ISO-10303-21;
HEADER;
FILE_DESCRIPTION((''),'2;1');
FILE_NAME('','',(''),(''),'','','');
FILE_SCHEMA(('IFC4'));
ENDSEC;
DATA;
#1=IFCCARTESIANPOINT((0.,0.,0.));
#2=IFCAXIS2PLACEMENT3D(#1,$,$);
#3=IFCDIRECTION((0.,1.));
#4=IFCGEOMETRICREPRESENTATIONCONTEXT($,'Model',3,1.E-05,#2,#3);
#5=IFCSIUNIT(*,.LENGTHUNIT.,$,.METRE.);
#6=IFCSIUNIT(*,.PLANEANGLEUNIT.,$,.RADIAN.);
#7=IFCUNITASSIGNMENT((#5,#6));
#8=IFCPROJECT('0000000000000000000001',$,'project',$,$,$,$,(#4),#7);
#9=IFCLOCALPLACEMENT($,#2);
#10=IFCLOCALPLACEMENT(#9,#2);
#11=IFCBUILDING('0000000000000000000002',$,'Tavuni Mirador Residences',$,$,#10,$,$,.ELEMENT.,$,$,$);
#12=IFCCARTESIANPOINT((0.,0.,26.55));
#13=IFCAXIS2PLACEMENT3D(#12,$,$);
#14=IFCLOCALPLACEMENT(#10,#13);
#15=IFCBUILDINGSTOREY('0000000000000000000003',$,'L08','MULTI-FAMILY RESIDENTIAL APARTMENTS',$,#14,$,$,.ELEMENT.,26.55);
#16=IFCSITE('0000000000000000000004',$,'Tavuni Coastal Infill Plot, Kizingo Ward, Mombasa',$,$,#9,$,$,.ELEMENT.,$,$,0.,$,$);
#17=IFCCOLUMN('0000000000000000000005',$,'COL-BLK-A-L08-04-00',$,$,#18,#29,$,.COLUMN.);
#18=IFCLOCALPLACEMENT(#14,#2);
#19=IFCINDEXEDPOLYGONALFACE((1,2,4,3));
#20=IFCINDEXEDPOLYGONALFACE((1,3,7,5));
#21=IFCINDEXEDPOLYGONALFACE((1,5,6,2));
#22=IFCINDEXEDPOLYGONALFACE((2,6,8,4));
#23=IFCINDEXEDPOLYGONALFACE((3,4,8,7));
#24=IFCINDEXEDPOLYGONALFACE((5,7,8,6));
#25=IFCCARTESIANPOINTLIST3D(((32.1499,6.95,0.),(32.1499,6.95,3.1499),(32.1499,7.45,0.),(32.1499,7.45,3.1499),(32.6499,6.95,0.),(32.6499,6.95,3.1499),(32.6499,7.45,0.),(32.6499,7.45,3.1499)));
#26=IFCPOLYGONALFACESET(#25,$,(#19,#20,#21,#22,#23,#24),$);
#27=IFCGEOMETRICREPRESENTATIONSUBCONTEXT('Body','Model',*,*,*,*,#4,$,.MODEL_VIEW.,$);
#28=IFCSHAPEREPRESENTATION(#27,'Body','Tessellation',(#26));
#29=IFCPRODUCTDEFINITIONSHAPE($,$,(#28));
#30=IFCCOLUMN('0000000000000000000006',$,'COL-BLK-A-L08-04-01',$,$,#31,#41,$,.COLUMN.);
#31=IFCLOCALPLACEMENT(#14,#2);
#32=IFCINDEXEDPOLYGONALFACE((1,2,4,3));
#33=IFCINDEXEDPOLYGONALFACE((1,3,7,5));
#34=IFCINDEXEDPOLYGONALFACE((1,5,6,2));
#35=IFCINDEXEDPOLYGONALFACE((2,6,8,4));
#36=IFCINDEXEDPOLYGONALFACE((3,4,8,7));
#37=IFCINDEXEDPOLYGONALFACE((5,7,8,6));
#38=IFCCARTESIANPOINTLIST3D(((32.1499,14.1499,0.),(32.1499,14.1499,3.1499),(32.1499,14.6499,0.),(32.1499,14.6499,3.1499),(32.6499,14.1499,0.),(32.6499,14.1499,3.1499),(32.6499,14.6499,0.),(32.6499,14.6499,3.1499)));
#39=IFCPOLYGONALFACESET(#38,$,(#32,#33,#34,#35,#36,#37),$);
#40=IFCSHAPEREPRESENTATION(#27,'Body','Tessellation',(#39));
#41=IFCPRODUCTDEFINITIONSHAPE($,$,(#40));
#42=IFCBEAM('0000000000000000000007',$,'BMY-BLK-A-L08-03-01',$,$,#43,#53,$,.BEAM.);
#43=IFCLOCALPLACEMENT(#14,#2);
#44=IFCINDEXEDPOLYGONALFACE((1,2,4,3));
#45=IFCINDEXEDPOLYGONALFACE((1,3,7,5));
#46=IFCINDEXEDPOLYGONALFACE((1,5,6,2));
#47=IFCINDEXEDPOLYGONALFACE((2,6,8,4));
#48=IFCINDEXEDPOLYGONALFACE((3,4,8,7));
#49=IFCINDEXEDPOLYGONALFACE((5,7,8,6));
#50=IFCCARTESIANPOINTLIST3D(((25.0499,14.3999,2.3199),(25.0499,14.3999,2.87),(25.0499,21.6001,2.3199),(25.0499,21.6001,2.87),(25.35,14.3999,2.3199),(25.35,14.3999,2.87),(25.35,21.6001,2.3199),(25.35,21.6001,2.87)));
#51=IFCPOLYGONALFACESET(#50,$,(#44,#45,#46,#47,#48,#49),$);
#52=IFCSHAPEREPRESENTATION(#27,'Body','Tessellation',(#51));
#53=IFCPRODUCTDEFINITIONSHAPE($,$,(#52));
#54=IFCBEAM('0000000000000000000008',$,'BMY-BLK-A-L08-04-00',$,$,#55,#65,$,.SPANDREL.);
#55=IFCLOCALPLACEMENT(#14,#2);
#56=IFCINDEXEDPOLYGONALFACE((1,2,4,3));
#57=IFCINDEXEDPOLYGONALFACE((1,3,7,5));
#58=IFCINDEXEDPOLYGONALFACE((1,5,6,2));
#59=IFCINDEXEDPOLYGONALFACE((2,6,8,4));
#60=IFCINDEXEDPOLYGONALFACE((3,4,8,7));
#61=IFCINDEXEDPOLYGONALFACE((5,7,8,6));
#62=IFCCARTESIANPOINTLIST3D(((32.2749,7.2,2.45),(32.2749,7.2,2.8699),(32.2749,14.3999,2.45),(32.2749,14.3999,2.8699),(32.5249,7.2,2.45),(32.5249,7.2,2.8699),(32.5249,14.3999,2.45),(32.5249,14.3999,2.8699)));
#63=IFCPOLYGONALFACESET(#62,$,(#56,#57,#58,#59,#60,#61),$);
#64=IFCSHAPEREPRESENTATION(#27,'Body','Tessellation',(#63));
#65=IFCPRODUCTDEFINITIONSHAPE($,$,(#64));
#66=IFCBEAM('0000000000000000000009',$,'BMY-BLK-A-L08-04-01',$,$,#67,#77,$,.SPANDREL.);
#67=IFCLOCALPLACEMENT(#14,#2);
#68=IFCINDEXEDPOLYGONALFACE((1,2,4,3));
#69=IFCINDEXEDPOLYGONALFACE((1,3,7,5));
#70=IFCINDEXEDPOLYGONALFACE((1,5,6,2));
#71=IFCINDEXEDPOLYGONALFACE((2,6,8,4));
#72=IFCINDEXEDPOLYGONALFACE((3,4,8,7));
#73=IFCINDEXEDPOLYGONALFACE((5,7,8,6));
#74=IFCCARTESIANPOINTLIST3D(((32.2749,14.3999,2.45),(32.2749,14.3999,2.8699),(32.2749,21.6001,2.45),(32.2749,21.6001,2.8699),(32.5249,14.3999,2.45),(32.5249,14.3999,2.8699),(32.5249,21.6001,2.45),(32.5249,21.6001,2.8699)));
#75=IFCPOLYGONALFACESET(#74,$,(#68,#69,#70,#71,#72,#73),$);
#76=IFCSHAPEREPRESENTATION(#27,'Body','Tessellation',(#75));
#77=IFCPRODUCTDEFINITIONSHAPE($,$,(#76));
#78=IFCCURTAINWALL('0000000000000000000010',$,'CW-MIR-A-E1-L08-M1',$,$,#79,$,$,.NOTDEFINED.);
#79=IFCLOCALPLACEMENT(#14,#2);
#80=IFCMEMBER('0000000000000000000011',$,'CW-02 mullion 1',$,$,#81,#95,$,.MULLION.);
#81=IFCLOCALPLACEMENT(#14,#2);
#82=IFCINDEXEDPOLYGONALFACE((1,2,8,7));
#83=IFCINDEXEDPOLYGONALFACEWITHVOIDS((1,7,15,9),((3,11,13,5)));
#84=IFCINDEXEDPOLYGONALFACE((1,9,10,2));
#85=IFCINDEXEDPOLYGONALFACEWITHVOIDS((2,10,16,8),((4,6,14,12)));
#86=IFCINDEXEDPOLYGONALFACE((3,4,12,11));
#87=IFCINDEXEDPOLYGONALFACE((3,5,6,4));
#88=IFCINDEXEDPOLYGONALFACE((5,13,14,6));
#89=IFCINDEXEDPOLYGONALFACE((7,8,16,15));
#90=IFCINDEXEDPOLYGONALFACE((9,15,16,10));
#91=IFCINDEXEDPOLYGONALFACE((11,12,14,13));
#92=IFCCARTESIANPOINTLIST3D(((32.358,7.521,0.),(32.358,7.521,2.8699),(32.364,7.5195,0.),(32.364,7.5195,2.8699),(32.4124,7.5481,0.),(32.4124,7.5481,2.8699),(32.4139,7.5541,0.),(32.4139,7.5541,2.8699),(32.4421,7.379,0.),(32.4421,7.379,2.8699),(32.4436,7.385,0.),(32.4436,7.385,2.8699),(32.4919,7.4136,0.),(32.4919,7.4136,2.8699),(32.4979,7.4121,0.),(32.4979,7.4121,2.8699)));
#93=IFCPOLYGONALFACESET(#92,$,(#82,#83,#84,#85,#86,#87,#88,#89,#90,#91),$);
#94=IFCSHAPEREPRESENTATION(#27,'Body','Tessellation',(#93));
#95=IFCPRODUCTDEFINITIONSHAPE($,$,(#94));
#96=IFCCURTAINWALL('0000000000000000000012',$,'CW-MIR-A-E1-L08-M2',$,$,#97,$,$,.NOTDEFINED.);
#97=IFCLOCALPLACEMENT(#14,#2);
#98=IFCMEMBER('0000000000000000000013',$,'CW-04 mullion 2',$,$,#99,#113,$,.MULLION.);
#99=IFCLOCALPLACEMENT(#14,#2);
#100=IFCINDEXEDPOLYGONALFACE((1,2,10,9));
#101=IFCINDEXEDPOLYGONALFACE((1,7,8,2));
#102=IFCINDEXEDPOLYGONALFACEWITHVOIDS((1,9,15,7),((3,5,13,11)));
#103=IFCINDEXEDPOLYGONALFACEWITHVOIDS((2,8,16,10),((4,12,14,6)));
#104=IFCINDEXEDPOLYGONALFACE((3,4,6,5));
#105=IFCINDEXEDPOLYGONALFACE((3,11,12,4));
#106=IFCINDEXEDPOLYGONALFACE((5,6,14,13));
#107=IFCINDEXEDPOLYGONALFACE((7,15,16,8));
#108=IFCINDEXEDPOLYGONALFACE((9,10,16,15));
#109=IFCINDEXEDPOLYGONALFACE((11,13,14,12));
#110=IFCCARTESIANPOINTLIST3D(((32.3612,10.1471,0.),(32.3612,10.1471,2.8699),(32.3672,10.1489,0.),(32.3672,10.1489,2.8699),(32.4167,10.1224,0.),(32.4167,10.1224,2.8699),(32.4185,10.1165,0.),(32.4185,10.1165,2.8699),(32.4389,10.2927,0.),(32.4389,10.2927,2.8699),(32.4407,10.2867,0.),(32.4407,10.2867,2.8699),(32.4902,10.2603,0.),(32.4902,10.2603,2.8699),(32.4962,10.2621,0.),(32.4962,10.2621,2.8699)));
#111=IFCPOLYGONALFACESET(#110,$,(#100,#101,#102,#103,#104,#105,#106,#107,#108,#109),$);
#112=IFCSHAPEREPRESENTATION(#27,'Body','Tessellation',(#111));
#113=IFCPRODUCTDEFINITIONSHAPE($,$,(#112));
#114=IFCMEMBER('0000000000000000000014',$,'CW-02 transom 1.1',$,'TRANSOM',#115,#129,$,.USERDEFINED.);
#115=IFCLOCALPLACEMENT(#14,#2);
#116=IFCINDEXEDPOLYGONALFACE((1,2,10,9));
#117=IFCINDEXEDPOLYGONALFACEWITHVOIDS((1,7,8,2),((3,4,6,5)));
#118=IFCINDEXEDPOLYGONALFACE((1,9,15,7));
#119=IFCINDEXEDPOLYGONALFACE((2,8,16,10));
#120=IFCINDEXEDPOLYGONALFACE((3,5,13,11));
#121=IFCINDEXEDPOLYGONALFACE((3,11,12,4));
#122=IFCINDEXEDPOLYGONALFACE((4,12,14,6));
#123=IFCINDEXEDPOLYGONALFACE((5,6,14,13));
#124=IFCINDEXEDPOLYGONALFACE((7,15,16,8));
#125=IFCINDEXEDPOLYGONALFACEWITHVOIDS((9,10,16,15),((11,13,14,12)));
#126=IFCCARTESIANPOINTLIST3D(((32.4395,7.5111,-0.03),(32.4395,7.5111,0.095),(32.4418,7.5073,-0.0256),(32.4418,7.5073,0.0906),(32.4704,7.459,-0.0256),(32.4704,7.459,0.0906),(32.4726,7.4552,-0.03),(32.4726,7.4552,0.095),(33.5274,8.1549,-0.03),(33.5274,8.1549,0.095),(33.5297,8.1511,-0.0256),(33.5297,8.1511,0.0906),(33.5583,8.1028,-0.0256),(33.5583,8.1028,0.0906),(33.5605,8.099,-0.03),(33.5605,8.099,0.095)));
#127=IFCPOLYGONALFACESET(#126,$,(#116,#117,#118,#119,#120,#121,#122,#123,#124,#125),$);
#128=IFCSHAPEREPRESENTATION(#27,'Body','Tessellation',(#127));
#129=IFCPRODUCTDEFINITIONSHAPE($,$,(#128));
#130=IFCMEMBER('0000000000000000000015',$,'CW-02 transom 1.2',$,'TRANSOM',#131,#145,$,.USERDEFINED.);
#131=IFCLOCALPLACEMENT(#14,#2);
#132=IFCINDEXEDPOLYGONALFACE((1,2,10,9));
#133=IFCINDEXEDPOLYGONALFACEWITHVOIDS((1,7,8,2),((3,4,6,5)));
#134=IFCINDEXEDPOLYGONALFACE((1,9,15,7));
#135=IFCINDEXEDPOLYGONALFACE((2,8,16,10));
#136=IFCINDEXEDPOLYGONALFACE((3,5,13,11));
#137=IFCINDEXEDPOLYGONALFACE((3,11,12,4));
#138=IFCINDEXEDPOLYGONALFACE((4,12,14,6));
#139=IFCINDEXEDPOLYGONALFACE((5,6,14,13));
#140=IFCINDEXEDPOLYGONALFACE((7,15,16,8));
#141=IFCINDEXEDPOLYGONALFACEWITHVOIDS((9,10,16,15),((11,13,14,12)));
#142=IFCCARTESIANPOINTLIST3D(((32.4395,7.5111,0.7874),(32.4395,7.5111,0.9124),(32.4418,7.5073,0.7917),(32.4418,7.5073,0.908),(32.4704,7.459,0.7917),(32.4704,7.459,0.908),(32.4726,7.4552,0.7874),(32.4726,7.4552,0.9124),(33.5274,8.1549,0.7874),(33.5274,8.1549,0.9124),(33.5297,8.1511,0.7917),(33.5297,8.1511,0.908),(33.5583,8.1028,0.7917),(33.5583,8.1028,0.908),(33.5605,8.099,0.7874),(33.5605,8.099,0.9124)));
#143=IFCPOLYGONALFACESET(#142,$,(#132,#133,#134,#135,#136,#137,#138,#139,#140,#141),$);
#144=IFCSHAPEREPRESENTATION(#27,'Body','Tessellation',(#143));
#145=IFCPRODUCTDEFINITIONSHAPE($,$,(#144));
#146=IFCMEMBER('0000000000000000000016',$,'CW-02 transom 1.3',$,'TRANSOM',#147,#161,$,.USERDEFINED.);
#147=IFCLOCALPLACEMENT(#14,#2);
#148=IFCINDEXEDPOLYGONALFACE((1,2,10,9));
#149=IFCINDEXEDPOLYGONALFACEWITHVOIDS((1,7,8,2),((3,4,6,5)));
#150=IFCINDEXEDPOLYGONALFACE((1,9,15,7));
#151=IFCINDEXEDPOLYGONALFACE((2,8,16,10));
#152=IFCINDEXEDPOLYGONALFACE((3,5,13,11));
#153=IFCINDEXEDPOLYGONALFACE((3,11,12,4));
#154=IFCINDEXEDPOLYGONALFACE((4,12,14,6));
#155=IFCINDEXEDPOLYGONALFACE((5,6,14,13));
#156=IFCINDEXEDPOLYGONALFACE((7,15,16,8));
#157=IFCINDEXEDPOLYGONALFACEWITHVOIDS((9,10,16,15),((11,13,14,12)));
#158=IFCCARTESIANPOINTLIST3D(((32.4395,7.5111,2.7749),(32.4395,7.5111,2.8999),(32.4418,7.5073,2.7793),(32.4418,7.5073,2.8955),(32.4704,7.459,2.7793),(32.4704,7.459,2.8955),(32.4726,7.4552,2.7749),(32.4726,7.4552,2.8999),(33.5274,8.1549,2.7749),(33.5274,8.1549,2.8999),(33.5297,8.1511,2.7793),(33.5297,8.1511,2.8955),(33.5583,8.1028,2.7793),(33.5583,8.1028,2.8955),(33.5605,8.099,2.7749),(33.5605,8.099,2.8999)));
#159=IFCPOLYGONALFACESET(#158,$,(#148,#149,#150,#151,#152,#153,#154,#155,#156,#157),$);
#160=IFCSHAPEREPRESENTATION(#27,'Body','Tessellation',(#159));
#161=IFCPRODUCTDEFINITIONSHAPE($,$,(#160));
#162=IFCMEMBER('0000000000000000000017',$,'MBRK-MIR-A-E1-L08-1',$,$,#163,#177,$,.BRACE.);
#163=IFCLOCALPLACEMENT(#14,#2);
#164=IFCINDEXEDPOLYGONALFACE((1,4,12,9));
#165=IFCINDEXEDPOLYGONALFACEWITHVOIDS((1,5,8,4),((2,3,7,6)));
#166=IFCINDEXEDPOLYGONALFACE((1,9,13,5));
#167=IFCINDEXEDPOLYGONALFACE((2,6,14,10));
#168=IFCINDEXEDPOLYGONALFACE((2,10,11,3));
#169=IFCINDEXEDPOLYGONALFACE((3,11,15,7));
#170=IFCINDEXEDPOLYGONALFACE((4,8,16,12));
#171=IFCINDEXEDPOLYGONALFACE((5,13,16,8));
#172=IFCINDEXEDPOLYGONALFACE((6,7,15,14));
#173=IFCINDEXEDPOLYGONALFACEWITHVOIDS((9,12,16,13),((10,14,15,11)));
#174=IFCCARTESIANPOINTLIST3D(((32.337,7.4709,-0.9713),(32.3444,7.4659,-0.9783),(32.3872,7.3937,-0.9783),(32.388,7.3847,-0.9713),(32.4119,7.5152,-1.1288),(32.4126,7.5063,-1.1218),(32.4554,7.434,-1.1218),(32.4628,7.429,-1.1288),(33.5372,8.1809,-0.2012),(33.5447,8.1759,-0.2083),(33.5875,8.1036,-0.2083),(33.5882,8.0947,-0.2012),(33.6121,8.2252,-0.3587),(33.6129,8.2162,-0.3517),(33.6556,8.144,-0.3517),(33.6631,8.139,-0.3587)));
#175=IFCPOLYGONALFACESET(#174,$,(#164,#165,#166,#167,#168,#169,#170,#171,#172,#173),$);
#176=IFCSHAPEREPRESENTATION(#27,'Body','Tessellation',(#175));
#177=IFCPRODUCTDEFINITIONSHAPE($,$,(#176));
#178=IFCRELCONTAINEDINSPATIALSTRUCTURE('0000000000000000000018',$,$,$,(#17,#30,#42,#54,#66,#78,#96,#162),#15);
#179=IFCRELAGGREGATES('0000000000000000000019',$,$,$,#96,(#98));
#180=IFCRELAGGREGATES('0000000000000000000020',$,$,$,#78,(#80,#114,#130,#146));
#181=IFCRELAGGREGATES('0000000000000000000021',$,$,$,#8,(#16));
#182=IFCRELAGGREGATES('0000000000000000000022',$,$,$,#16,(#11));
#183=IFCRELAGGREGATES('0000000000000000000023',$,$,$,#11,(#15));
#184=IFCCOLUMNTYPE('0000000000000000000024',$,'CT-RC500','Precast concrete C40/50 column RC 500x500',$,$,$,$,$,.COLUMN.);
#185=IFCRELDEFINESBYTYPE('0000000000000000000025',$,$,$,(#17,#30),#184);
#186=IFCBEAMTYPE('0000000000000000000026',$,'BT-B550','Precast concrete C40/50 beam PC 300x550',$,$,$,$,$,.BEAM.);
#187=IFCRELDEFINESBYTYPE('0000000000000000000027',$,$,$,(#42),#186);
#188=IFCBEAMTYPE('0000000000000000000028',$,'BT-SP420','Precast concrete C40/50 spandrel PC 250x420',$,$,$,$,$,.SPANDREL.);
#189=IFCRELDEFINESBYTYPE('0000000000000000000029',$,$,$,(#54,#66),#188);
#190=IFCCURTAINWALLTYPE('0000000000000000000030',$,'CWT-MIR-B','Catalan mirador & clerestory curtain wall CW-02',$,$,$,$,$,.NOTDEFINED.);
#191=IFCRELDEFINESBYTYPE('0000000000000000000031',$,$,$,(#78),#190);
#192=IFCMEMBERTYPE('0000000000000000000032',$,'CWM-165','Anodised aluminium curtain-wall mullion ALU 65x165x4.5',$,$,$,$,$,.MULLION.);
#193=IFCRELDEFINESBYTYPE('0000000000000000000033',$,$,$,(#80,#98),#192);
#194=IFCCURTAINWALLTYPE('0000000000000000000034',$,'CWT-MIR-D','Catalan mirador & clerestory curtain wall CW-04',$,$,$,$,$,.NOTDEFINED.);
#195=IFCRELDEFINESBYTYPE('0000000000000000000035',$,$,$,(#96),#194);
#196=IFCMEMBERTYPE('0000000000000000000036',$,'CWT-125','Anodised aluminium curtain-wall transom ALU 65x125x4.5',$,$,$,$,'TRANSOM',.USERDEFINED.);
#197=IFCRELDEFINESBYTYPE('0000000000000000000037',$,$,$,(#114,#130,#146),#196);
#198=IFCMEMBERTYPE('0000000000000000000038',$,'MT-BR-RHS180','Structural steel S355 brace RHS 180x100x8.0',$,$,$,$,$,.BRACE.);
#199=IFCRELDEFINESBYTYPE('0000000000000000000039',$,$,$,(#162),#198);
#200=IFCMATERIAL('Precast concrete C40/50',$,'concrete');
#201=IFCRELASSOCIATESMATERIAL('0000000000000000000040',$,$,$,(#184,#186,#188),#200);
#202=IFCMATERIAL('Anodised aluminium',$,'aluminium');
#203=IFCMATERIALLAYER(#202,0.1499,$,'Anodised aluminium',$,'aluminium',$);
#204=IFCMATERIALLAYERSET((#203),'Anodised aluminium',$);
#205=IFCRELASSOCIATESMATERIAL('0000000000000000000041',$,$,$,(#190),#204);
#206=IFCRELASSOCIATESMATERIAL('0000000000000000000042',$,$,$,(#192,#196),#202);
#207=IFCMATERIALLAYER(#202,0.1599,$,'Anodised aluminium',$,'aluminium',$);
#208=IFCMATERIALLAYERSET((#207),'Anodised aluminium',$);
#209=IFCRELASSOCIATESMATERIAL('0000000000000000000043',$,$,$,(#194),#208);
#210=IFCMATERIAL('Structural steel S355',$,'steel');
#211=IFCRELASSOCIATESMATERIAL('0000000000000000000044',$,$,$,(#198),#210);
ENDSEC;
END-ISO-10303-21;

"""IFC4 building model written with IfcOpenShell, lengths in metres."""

from ifc_helpers import new_model, si_unit, direction, frame, origin, origin_2d, place, context, subcontext, project, spatial, rectangle, hollow_rectangle, extrude, material, layer, layer_set, material_profile, profile_set, type_object, element, aggregate, save


model = new_model("IFC4")

# Units and contexts
model_context = context("Model", 3, precision=1e-05, world=origin(), true_north=direction((0.0, 1.0)))
body_context = subcontext(model_context, "Body", "Model", "MODEL_VIEW")
ifc_project = project(units=[si_unit("LENGTHUNIT", "METRE"), si_unit("PLANEANGLEUNIT", "RADIAN")], contexts=[model_context])

# Site, building, storey
site_placement = place(None, origin())
site = spatial("IfcSite", under=ifc_project, at=site_placement, Name="Tavuni Coastal Infill Plot, Kizingo Ward, Mombasa", CompositionType="ELEMENT", RefElevation=0.0)
building_placement = place(site_placement, origin())
building = spatial("IfcBuilding", under=site, at=building_placement, Name="Tavuni Mirador Residences", CompositionType="ELEMENT")
storey_placement = place(building_placement, frame((0.0, 0.0, 26.55)))
storey = spatial("IfcBuildingStorey", under=building, at=storey_placement, Name="L08", Description="MULTI-FAMILY RESIDENTIAL APARTMENTS", CompositionType="ELEMENT", Elevation=26.55)

# Columns
ifc_material_1 = material(Name="Precast concrete C40/50", Category="concrete")
ifc_material_profile_1 = material_profile(ifc_material_1, rectangle(XDim=0.5, YDim=0.5, at=origin_2d()), Name="RC 500x500", Category="concrete")
ifc_profile_set_1 = profile_set([ifc_material_profile_1], Name="Precast concrete C40/50")
column_type = type_object("IfcColumnType", Name="CT-RC500", Description="Precast concrete C40/50 column RC 500x500", PredefinedType="COLUMN", material=ifc_profile_set_1)
for number, where, z_axis, x_axis, name in (
    (1, (32.3999, 7.2, 0.0), (0.0, 0.0, 1.0), (1.0, 0.0, 0.0), "COL-BLK-A-L08-04-00"),
    (2, (32.3999, 14.3999, 0.0), (0.0, 0.0, 1.0), (1.0, 0.0, 0.0), "COL-BLK-A-L08-04-01"),
):
    element("IfcColumn", number, at=place(storey_placement, frame(where, z_axis=z_axis, x_axis=x_axis)), inside=storey, type_object=column_type, Name=name, PredefinedType="COLUMN", context=body_context, shape_type="SweptSolid", body=[
        extrude(rectangle(XDim=0.5, YDim=0.5, at=origin_2d()), origin(), (0.0, 0.0, 1.0), 3.1499),
    ])

# Beams
ifc_material_profile_2 = material_profile(ifc_material_1, rectangle(XDim=0.3, YDim=0.55, at=origin_2d()), Name="PC 300x550", Category="concrete")
ifc_profile_set_2 = profile_set([ifc_material_profile_2], Name="Precast concrete C40/50")
beam_type_1 = type_object("IfcBeamType", Name="BT-B550", Description="Precast concrete C40/50 beam PC 300x550", PredefinedType="BEAM", material=ifc_profile_set_2)
beam_1_placement = place(storey_placement, frame((25.2, 14.3999, 2.595), z_axis=(0.0, 1.0, 0.0), x_axis=(-1.0, 0.0, 0.0)))
element("IfcBeam", 3, at=beam_1_placement, inside=storey, type_object=beam_type_1, Name="BMY-BLK-A-L08-03-01", PredefinedType="BEAM", context=body_context, shape_type="SweptSolid", body=[
    extrude(rectangle(XDim=0.3, YDim=0.55, at=origin_2d()), origin(), (0.0, 0.0, 1.0), 7.2002),
])
ifc_material_profile_3 = material_profile(ifc_material_1, rectangle(XDim=0.25, YDim=0.4199, at=origin_2d()), Name="PC 250x420", Category="concrete")
ifc_profile_set_3 = profile_set([ifc_material_profile_3], Name="Precast concrete C40/50")
beam_type_2 = type_object("IfcBeamType", Name="BT-SP420", Description="Precast concrete C40/50 spandrel PC 250x420", PredefinedType="SPANDREL", material=ifc_profile_set_3)
beam_2_placement = place(storey_placement, frame((32.3999, 7.2, 2.6599), z_axis=(0.0, 1.0, 0.0), x_axis=(-1.0, 0.0, 0.0)))
element("IfcBeam", 4, at=beam_2_placement, inside=storey, type_object=beam_type_2, Name="BMY-BLK-A-L08-04-00", PredefinedType="SPANDREL", context=body_context, shape_type="SweptSolid", body=[
    extrude(rectangle(XDim=0.25, YDim=0.4199, at=origin_2d()), origin(), (0.0, 0.0, 1.0), 7.2),
])
beam_3_placement = place(storey_placement, frame((32.3999, 14.3999, 2.6599), z_axis=(0.0, 1.0, 0.0), x_axis=(-1.0, 0.0, 0.0)))
element("IfcBeam", 5, at=beam_3_placement, inside=storey, type_object=beam_type_2, Name="BMY-BLK-A-L08-04-01", PredefinedType="SPANDREL", context=body_context, shape_type="SweptSolid", body=[
    extrude(rectangle(XDim=0.25, YDim=0.4199, at=origin_2d()), origin(), (0.0, 0.0, 1.0), 7.2002),
])

# Curtain walls, members
ifc_material_2 = material(Name="Anodised aluminium", Category="aluminium")
ifc_layer_1 = layer(ifc_material_2, 0.1499, Name="Anodised aluminium", Category="aluminium")
ifc_layer_set_1 = layer_set([ifc_layer_1], Name="Anodised aluminium")
curtain_wall_type_1 = type_object("IfcCurtainWallType", Name="CWT-MIR-B", Description="Catalan mirador & clerestory curtain wall CW-02", PredefinedType="NOTDEFINED", material=ifc_layer_set_1)
curtain_wall_1_placement = place(storey_placement, origin())
curtain_wall_1 = element("IfcCurtainWall", 6, at=curtain_wall_1_placement, inside=storey, type_object=curtain_wall_type_1, Name="CW-MIR-A-E1-L08-M1", PredefinedType="NOTDEFINED")
ifc_material_profile_4 = material_profile(ifc_material_2, hollow_rectangle(XDim=0.0649, YDim=0.165, WallThickness=0.0044, at=origin_2d()), Name="ALU 65x165x4.5", Category="aluminium")
ifc_profile_set_4 = profile_set([ifc_material_profile_4], Name="Anodised aluminium")
member_type_1 = type_object("IfcMemberType", Name="CWM-165", Description="Anodised aluminium curtain-wall mullion ALU 65x165x4.5", PredefinedType="MULLION", material=ifc_profile_set_4)
member_1_placement = place(storey_placement, frame((32.428, 7.4666, 0.0), z_axis=(0.0, 0.0, 1.0), x_axis=(0.860641, 0.509212, 0.0)))
member_1 = element("IfcMember", 7, at=member_1_placement, type_object=member_type_1, Name="CW-02 mullion 1", PredefinedType="MULLION", context=body_context, shape_type="SweptSolid", body=[
    extrude(hollow_rectangle(XDim=0.0649, YDim=0.165, WallThickness=0.0044, at=origin_2d()), origin(), (0.0, 0.0, 1.0), 2.8699),
])
ifc_layer_2 = layer(ifc_material_2, 0.1599, Name="Anodised aluminium", Category="aluminium")
ifc_layer_set_2 = layer_set([ifc_layer_2], Name="Anodised aluminium")
curtain_wall_type_2 = type_object("IfcCurtainWallType", Name="CWT-MIR-D", Description="Catalan mirador & clerestory curtain wall CW-04", PredefinedType="NOTDEFINED", material=ifc_layer_set_2)
curtain_wall_2_placement = place(storey_placement, origin())
curtain_wall_2 = element("IfcCurtainWall", 8, at=curtain_wall_2_placement, inside=storey, type_object=curtain_wall_type_2, Name="CW-MIR-A-E1-L08-M2", PredefinedType="NOTDEFINED")
member_2_placement = place(storey_placement, frame((32.4287, 10.2046, 0.0), z_axis=(0.0, 0.0, 1.0), x_axis=(-0.882353, 0.470588, 0.0)))
member_2 = element("IfcMember", 9, at=member_2_placement, type_object=member_type_1, Name="CW-04 mullion 2", PredefinedType="MULLION", context=body_context, shape_type="SweptSolid", body=[
    extrude(hollow_rectangle(XDim=0.0649, YDim=0.165, WallThickness=0.0044, at=origin_2d()), origin(), (0.0, 0.0, 1.0), 2.8699),
])
aggregate(curtain_wall_2, [member_2])

# Members
ifc_material_profile_5 = material_profile(ifc_material_2, hollow_rectangle(XDim=0.0649, YDim=0.125, WallThickness=0.0044, at=origin_2d()), Name="ALU 65x125x4.5", Category="aluminium")
ifc_profile_set_5 = profile_set([ifc_material_profile_5], Name="Anodised aluminium")
member_type_2 = type_object("IfcMemberType", Name="CWT-125", Description="Anodised aluminium curtain-wall transom ALU 65x125x4.5", ElementType="TRANSOM", PredefinedType="USERDEFINED", material=ifc_profile_set_5)
member_3_placement = place(storey_placement, frame((32.4561, 7.4832, 0.0325), z_axis=(0.860596, 0.509289, 0.0), x_axis=(-0.509289, 0.860596, 0.0)))
member_3 = element("IfcMember", 10, at=member_3_placement, type_object=member_type_2, Name="CW-02 transom 1.1", ObjectType="TRANSOM", PredefinedType="USERDEFINED", context=body_context, shape_type="SweptSolid", body=[
    extrude(hollow_rectangle(XDim=0.0649, YDim=0.125, WallThickness=0.0044, at=origin_2d()), origin(), (0.0, 0.0, 1.0), 1.2642),
])
member_4_placement = place(storey_placement, frame((32.4561, 7.4832, 0.8499), z_axis=(0.860596, 0.509289, 0.0), x_axis=(-0.509289, 0.860596, 0.0)))
member_4 = element("IfcMember", 11, at=member_4_placement, type_object=member_type_2, Name="CW-02 transom 1.2", ObjectType="TRANSOM", PredefinedType="USERDEFINED", context=body_context, shape_type="SweptSolid", body=[
    extrude(hollow_rectangle(XDim=0.0649, YDim=0.125, WallThickness=0.0044, at=origin_2d()), origin(), (0.0, 0.0, 1.0), 1.2642),
])
member_5_placement = place(storey_placement, frame((32.4561, 7.4832, 2.8374), z_axis=(0.860596, 0.509289, 0.0), x_axis=(-0.509289, 0.860596, 0.0)))
member_5 = element("IfcMember", 12, at=member_5_placement, type_object=member_type_2, Name="CW-02 transom 1.3", ObjectType="TRANSOM", PredefinedType="USERDEFINED", context=body_context, shape_type="SweptSolid", body=[
    extrude(hollow_rectangle(XDim=0.0649, YDim=0.125, WallThickness=0.0044, at=origin_2d()), origin(), (0.0, 0.0, 1.0), 1.2642),
])
aggregate(curtain_wall_1, [member_1, member_3, member_4, member_5])

# Member
ifc_material_3 = material(Name="Structural steel S355", Category="steel")
ifc_material_profile_6 = material_profile(ifc_material_3, hollow_rectangle(XDim=0.1001, YDim=0.1799, WallThickness=0.0081, at=origin_2d()), Name="RHS 180x100x8.0", Category="steel")
ifc_profile_set_6 = profile_set([ifc_material_profile_6], Name="Structural steel S355")
member_type_3 = type_object("IfcMemberType", Name="MT-BR-RHS180", Description="Structural steel S355 brace RHS 180x100x8.0", PredefinedType="BRACE", material=ifc_profile_set_6)
member_6_placement = place(storey_placement, frame((32.3999, 7.45, -1.05), z_axis=(0.753449, 0.445693, 0.483397), x_axis=(-0.50913, 0.860689, 0.0)))
element("IfcMember", 13, at=member_6_placement, inside=storey, type_object=member_type_3, Name="MBRK-MIR-A-E1-L08-1", PredefinedType="BRACE", context=body_context, shape_type="SweptSolid", body=[
    extrude(hollow_rectangle(XDim=0.1001, YDim=0.1799, WallThickness=0.0081, at=origin_2d()), origin(), (0.0, 0.0, 1.0), 1.593),
])

save(model, "model.ifc")
